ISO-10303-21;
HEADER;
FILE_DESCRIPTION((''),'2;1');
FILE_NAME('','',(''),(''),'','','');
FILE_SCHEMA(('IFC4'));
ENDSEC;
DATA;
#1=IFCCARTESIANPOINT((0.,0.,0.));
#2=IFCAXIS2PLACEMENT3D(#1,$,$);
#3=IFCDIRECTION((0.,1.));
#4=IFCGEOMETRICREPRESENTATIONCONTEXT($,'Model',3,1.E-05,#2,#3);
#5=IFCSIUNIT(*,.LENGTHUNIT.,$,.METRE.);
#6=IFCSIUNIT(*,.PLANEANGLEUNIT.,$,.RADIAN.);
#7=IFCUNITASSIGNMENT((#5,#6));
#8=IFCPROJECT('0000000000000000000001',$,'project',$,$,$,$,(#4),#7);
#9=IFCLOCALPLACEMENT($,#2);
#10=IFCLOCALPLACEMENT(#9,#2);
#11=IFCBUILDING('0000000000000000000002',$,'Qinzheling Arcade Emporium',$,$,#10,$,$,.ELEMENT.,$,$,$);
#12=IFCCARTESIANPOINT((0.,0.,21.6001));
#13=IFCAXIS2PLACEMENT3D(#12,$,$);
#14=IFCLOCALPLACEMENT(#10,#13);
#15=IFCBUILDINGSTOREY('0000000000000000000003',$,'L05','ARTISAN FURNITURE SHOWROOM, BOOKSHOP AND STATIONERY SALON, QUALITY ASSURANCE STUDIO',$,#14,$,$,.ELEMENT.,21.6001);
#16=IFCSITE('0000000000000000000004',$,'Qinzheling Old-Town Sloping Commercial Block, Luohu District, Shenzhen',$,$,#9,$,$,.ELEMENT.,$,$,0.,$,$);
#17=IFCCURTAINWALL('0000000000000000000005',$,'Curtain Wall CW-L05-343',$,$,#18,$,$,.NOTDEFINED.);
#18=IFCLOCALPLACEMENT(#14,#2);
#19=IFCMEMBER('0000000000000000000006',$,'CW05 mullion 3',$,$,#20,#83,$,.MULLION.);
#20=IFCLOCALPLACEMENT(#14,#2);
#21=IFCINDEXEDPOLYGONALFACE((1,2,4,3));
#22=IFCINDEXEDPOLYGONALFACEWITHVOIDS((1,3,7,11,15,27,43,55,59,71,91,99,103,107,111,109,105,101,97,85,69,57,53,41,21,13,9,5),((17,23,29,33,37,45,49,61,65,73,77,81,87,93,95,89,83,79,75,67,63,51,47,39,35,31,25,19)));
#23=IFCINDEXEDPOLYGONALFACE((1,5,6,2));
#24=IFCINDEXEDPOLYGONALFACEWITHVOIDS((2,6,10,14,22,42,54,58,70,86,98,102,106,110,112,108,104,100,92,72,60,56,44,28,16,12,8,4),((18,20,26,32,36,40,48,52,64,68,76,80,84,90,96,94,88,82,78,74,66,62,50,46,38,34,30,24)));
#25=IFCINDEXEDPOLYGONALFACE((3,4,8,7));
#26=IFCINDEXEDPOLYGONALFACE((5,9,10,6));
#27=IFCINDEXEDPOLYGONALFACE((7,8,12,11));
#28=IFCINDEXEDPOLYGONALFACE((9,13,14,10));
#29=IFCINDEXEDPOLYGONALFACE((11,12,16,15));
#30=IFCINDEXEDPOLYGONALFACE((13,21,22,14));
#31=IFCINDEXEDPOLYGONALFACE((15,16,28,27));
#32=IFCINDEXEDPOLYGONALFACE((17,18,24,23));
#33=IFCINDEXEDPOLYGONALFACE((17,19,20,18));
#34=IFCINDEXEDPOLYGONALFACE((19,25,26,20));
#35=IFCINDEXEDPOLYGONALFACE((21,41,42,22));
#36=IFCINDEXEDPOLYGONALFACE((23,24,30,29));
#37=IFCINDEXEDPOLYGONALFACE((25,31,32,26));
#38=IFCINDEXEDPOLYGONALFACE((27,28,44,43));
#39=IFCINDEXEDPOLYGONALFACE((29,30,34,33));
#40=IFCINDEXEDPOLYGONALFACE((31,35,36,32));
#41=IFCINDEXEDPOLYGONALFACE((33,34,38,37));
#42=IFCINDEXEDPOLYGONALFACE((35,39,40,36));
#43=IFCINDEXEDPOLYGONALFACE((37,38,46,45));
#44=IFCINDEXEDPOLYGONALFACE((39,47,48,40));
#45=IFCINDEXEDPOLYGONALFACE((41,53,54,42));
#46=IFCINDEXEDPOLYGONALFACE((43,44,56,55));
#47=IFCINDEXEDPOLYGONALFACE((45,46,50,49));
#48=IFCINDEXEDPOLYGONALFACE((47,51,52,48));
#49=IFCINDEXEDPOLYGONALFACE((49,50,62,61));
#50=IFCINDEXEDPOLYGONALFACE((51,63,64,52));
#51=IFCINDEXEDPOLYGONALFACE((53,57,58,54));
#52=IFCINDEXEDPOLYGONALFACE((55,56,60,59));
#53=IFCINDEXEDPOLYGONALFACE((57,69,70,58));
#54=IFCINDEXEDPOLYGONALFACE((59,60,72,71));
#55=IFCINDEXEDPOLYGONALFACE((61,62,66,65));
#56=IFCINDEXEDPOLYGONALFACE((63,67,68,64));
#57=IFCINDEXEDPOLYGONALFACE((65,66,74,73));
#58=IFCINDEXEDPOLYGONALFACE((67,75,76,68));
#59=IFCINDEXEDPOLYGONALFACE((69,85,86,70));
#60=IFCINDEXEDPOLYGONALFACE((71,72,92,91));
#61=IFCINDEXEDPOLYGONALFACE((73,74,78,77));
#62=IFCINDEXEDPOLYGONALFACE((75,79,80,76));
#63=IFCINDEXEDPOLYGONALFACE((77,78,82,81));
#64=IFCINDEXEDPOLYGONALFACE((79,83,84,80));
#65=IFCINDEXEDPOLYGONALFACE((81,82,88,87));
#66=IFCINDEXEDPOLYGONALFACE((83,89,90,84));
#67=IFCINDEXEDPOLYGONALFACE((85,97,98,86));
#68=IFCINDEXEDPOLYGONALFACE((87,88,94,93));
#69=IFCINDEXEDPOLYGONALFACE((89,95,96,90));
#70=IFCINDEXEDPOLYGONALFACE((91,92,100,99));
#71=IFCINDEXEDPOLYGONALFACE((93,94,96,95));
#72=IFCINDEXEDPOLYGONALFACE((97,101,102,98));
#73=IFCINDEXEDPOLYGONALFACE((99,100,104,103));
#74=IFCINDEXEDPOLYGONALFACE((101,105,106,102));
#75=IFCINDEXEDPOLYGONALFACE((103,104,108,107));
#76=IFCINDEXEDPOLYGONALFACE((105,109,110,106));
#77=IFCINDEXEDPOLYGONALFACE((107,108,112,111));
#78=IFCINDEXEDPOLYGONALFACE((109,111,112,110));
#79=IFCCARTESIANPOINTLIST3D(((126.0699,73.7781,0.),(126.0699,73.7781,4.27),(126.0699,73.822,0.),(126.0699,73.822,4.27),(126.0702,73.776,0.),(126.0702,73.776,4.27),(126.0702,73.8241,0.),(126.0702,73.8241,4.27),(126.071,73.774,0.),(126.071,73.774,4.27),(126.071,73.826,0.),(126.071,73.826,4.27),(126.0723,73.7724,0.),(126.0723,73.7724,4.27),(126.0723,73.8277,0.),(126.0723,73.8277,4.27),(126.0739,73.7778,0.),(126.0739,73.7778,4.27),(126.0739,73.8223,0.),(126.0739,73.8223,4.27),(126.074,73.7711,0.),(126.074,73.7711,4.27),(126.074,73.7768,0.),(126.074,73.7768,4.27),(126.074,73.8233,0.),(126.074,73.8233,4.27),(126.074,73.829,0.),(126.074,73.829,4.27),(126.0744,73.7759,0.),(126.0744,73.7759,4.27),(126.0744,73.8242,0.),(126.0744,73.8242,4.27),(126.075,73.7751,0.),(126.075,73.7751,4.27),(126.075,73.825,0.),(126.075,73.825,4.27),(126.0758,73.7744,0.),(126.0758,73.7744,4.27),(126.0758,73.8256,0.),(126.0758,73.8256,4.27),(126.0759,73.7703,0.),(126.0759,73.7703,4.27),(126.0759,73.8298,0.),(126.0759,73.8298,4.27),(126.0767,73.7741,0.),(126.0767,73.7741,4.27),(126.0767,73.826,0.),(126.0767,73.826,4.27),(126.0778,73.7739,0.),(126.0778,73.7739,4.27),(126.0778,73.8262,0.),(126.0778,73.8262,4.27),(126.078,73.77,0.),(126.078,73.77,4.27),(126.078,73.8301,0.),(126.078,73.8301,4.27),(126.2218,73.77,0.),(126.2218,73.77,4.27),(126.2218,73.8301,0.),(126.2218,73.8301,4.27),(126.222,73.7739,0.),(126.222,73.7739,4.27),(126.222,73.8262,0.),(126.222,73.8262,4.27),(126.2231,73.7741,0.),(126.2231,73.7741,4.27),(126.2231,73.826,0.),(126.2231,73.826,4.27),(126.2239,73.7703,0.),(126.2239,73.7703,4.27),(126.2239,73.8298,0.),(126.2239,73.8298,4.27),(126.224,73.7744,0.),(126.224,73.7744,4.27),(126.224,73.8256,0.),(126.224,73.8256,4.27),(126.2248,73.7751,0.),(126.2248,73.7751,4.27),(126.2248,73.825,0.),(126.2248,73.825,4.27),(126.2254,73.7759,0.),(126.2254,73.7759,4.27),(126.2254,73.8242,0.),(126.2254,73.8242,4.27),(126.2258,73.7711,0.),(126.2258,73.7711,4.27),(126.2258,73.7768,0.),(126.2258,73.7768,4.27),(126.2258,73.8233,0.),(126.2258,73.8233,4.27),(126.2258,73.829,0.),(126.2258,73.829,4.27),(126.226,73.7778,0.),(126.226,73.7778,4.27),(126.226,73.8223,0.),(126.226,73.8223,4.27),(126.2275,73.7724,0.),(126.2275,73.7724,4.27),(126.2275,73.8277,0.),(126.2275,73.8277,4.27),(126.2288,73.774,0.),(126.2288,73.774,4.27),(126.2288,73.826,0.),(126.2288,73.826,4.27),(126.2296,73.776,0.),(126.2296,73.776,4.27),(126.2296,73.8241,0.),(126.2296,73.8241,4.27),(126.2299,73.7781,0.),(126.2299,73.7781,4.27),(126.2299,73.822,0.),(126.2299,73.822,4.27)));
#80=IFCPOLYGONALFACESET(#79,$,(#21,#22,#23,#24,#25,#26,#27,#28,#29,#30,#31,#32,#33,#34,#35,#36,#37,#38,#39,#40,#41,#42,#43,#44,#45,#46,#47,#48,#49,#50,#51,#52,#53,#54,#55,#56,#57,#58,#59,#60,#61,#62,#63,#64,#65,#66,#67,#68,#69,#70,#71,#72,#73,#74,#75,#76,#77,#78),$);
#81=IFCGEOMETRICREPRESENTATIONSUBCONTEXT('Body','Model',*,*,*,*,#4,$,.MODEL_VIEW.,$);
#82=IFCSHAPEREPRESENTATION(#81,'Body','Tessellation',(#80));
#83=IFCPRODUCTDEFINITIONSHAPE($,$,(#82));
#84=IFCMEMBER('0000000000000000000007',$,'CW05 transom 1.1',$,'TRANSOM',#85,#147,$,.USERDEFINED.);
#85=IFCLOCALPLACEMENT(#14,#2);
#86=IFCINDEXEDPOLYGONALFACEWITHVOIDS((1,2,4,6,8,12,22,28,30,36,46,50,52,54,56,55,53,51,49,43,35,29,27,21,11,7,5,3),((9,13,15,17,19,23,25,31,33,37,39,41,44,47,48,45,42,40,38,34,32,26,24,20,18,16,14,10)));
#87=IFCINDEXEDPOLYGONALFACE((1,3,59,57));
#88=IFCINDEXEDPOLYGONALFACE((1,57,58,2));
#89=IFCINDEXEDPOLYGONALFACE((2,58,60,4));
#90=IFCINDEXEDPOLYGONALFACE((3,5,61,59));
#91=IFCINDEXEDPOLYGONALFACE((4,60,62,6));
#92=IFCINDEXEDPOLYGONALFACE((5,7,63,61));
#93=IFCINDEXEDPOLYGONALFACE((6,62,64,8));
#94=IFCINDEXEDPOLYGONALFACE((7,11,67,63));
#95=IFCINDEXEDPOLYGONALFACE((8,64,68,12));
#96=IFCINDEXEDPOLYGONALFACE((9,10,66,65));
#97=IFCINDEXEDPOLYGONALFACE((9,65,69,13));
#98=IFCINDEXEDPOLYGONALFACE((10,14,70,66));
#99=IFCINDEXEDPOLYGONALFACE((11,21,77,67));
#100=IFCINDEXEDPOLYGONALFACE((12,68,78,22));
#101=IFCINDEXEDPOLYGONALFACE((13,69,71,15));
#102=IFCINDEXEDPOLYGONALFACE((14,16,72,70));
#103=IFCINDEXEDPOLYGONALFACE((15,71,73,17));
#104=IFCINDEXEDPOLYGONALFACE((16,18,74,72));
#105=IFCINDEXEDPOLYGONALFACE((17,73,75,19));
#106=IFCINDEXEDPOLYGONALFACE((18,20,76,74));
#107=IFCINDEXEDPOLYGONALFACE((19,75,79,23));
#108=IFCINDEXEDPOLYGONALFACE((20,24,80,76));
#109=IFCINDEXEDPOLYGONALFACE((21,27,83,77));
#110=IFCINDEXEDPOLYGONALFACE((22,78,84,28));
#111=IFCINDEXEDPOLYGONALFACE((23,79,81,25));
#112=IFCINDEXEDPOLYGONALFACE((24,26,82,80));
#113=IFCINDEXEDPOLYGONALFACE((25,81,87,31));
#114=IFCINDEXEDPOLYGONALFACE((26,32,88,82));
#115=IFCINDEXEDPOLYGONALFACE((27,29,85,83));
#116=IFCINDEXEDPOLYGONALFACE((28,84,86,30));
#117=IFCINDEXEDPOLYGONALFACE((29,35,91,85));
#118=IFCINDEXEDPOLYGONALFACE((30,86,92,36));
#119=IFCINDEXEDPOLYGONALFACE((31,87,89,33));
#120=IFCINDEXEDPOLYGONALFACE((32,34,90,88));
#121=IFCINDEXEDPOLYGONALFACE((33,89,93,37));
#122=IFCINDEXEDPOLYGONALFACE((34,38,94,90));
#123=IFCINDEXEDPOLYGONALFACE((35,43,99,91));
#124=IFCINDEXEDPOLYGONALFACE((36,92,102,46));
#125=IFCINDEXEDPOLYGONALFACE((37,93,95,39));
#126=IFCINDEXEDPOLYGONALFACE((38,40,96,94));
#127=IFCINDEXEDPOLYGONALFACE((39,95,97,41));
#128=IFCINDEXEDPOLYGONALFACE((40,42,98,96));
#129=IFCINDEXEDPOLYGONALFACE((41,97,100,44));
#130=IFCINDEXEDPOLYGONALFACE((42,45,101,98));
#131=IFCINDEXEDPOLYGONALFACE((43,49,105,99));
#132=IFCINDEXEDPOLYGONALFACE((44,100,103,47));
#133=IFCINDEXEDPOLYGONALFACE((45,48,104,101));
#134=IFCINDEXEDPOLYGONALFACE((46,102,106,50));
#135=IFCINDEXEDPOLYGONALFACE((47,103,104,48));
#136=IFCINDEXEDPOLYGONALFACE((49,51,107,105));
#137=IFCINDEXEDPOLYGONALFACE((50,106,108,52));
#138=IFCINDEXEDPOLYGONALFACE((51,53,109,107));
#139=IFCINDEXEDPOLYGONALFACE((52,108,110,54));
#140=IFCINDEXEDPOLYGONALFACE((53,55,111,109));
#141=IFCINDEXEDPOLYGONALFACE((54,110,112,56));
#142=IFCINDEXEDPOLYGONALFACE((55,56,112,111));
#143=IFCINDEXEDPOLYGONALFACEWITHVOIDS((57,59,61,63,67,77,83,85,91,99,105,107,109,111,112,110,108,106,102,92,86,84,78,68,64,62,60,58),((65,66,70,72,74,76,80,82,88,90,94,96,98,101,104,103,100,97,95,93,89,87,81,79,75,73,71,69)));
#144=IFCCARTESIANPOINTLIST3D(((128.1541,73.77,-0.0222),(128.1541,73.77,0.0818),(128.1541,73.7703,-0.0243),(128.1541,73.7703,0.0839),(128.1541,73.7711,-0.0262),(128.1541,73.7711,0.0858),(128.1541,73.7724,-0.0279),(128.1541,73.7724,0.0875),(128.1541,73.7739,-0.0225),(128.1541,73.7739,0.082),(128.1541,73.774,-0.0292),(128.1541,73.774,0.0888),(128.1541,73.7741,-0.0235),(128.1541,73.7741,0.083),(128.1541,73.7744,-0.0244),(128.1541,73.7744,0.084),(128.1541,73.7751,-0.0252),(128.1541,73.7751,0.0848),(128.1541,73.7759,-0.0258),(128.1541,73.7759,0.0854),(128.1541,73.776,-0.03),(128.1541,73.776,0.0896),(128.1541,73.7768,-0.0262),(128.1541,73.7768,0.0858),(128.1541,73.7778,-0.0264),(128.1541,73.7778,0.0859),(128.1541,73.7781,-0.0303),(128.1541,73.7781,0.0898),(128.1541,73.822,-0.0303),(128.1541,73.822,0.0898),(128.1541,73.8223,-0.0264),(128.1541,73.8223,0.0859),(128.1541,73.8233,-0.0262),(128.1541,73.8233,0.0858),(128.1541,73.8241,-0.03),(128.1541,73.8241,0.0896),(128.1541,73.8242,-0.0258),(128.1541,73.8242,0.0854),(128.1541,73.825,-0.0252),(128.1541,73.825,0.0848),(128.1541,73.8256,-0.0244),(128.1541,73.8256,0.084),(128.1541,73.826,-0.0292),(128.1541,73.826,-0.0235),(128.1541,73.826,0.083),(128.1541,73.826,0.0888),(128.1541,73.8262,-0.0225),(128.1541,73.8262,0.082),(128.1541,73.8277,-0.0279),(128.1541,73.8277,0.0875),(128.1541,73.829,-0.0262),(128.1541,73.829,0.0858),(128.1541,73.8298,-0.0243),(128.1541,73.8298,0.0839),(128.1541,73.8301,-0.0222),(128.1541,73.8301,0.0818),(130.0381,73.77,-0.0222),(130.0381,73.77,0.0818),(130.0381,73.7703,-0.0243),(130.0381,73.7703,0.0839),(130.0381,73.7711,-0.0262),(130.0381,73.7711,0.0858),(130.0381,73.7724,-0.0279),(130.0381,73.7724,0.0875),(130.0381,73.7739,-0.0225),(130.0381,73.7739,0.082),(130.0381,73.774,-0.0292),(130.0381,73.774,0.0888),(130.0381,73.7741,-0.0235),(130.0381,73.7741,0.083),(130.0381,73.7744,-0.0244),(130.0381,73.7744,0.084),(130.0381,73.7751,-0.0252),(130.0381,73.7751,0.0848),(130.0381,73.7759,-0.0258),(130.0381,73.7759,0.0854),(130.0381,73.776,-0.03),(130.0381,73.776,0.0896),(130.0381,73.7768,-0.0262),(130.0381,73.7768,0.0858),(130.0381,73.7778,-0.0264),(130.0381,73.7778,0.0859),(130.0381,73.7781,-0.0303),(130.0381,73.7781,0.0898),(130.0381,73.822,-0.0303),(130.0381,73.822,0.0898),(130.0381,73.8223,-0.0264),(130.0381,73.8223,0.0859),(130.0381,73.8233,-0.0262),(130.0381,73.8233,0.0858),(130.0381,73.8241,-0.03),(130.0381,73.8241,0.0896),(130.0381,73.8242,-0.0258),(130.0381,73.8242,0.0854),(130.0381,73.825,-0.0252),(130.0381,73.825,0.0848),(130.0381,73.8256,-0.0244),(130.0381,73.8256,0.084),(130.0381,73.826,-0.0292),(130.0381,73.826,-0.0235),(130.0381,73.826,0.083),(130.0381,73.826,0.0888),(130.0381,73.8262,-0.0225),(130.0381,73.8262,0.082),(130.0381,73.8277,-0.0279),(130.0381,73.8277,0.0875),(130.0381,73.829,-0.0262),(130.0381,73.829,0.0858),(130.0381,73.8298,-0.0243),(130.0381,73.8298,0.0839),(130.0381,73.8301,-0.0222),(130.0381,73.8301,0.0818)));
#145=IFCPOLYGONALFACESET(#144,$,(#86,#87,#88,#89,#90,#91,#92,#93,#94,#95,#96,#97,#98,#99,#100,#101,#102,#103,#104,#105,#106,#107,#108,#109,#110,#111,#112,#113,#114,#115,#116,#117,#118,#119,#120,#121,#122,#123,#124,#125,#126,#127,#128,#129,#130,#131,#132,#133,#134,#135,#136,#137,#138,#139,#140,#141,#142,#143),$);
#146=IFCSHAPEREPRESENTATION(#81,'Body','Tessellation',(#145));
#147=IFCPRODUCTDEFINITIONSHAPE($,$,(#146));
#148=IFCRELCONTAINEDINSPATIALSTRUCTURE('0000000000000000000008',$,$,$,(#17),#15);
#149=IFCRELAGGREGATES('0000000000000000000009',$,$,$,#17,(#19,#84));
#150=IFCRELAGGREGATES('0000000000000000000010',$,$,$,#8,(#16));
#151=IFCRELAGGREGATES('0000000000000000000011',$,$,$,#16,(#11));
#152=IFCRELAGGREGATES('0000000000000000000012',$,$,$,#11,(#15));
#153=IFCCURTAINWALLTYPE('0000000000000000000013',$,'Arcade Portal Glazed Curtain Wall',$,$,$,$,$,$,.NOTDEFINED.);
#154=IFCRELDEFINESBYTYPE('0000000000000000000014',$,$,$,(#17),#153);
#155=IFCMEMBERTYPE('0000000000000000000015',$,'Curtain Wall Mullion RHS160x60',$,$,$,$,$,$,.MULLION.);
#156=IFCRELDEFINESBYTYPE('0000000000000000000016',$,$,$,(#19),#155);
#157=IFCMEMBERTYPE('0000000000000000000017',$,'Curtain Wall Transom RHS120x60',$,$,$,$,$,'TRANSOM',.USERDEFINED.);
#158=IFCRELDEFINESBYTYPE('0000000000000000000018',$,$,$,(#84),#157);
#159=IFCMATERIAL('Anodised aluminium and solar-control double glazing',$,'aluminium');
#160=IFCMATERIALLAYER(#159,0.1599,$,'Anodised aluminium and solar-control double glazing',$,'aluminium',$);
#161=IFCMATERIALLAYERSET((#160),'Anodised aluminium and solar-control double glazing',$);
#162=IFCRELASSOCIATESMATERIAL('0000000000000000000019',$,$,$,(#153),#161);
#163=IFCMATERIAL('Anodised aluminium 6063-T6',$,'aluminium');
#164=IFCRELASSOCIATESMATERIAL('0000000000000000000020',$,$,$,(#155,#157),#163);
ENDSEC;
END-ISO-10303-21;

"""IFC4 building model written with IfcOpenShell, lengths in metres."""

from ifc_helpers import new_model, si_unit, direction, frame, origin, origin_2d, place, context, subcontext, project, spatial, hollow_rectangle, extrude, material, layer, layer_set, material_profile, profile_set, type_object, element, aggregate, save


model = new_model("IFC4")

# Units and contexts
model_context = context("Model", 3, precision=1e-05, world=origin(), true_north=direction((0.0, 1.0)))
body_context = subcontext(model_context, "Body", "Model", "MODEL_VIEW")
ifc_project = project(units=[si_unit("LENGTHUNIT", "METRE"), si_unit("PLANEANGLEUNIT", "RADIAN")], contexts=[model_context])

# Site, building, storey
site_placement = place(None, origin())
site = spatial("IfcSite", under=ifc_project, at=site_placement, Name="Qinzheling Old-Town Sloping Commercial Block, Luohu District, Shenzhen", CompositionType="ELEMENT", RefElevation=0.0)
building_placement = place(site_placement, origin())
building = spatial("IfcBuilding", under=site, at=building_placement, Name="Qinzheling Arcade Emporium", CompositionType="ELEMENT")
storey_placement = place(building_placement, frame((0.0, 0.0, 21.6001)))
storey = spatial("IfcBuildingStorey", under=building, at=storey_placement, Name="L05", Description="ARTISAN FURNITURE SHOWROOM, BOOKSHOP AND STATIONERY SALON, QUALITY ASSURANCE STUDIO", CompositionType="ELEMENT", Elevation=21.6001)

# Curtain wall, members
ifc_material_1 = material(Name="Anodised aluminium and solar-control double glazing", Category="aluminium")
ifc_layer_1 = layer(ifc_material_1, 0.1599, Name="Anodised aluminium and solar-control double glazing", Category="aluminium")
ifc_layer_set_1 = layer_set([ifc_layer_1], Name="Anodised aluminium and solar-control double glazing")
curtain_wall_type = type_object("IfcCurtainWallType", Name="Arcade Portal Glazed Curtain Wall", PredefinedType="NOTDEFINED", material=ifc_layer_set_1)
curtain_wall_placement = place(storey_placement, origin())
curtain_wall = element("IfcCurtainWall", 1, at=curtain_wall_placement, inside=storey, type_object=curtain_wall_type, Name="Curtain Wall CW-L05-343", PredefinedType="NOTDEFINED")
ifc_material_2 = material(Name="Anodised aluminium 6063-T6", Category="aluminium")
ifc_material_profile_1 = material_profile(ifc_material_2, hollow_rectangle(XDim=0.0601, YDim=0.1599, WallThickness=0.0039, InnerFilletRadius=0.0039, OuterFilletRadius=0.0081, at=origin_2d()), Name="RHS 160x60x4", Category="aluminium")
ifc_profile_set_1 = profile_set([ifc_material_profile_1], Name="Anodised aluminium 6063-T6")
member_type_1 = type_object("IfcMemberType", Name="Curtain Wall Mullion RHS160x60", PredefinedType="MULLION", material=ifc_profile_set_1)
member_1_placement = place(storey_placement, frame((126.1499, 73.8, 0.0), z_axis=(0.0, 0.0, 1.0), x_axis=(0.0, -1.0, 0.0)))
member_1 = element("IfcMember", 2, at=member_1_placement, type_object=member_type_1, Name="CW05 mullion 3", PredefinedType="MULLION", context=body_context, shape_type="SweptSolid", body=[
    extrude(hollow_rectangle(XDim=0.0601, YDim=0.1599, WallThickness=0.0039, InnerFilletRadius=0.0039, OuterFilletRadius=0.0081, at=origin_2d()), origin(), (0.0, 0.0, 1.0), 4.27),
])
ifc_material_profile_2 = material_profile(ifc_material_2, hollow_rectangle(XDim=0.0601, YDim=0.1201, WallThickness=0.0039, InnerFilletRadius=0.0039, OuterFilletRadius=0.0081, at=origin_2d()), Name="RHS 120x60x4", Category="aluminium")
ifc_profile_set_2 = profile_set([ifc_material_profile_2], Name="Anodised aluminium 6063-T6")
member_type_2 = type_object("IfcMemberType", Name="Curtain Wall Transom RHS120x60", ElementType="TRANSOM", PredefinedType="USERDEFINED", material=ifc_profile_set_2)
member_2_placement = place(storey_placement, frame((130.0381, 73.8, 0.0298), z_axis=(-1.0, 0.0, 0.0), x_axis=(0.0, -1.0, 0.0)))
member_2 = element("IfcMember", 3, at=member_2_placement, type_object=member_type_2, Name="CW05 transom 1.1", ObjectType="TRANSOM", PredefinedType="USERDEFINED", context=body_context, shape_type="SweptSolid", body=[
    extrude(hollow_rectangle(XDim=0.0601, YDim=0.1201, WallThickness=0.0039, InnerFilletRadius=0.0039, OuterFilletRadius=0.0081, at=origin_2d()), origin(), (0.0, 0.0, 1.0), 1.884),
])

aggregate(curtain_wall, [member_1, member_2])

save(model, "model.ifc")
